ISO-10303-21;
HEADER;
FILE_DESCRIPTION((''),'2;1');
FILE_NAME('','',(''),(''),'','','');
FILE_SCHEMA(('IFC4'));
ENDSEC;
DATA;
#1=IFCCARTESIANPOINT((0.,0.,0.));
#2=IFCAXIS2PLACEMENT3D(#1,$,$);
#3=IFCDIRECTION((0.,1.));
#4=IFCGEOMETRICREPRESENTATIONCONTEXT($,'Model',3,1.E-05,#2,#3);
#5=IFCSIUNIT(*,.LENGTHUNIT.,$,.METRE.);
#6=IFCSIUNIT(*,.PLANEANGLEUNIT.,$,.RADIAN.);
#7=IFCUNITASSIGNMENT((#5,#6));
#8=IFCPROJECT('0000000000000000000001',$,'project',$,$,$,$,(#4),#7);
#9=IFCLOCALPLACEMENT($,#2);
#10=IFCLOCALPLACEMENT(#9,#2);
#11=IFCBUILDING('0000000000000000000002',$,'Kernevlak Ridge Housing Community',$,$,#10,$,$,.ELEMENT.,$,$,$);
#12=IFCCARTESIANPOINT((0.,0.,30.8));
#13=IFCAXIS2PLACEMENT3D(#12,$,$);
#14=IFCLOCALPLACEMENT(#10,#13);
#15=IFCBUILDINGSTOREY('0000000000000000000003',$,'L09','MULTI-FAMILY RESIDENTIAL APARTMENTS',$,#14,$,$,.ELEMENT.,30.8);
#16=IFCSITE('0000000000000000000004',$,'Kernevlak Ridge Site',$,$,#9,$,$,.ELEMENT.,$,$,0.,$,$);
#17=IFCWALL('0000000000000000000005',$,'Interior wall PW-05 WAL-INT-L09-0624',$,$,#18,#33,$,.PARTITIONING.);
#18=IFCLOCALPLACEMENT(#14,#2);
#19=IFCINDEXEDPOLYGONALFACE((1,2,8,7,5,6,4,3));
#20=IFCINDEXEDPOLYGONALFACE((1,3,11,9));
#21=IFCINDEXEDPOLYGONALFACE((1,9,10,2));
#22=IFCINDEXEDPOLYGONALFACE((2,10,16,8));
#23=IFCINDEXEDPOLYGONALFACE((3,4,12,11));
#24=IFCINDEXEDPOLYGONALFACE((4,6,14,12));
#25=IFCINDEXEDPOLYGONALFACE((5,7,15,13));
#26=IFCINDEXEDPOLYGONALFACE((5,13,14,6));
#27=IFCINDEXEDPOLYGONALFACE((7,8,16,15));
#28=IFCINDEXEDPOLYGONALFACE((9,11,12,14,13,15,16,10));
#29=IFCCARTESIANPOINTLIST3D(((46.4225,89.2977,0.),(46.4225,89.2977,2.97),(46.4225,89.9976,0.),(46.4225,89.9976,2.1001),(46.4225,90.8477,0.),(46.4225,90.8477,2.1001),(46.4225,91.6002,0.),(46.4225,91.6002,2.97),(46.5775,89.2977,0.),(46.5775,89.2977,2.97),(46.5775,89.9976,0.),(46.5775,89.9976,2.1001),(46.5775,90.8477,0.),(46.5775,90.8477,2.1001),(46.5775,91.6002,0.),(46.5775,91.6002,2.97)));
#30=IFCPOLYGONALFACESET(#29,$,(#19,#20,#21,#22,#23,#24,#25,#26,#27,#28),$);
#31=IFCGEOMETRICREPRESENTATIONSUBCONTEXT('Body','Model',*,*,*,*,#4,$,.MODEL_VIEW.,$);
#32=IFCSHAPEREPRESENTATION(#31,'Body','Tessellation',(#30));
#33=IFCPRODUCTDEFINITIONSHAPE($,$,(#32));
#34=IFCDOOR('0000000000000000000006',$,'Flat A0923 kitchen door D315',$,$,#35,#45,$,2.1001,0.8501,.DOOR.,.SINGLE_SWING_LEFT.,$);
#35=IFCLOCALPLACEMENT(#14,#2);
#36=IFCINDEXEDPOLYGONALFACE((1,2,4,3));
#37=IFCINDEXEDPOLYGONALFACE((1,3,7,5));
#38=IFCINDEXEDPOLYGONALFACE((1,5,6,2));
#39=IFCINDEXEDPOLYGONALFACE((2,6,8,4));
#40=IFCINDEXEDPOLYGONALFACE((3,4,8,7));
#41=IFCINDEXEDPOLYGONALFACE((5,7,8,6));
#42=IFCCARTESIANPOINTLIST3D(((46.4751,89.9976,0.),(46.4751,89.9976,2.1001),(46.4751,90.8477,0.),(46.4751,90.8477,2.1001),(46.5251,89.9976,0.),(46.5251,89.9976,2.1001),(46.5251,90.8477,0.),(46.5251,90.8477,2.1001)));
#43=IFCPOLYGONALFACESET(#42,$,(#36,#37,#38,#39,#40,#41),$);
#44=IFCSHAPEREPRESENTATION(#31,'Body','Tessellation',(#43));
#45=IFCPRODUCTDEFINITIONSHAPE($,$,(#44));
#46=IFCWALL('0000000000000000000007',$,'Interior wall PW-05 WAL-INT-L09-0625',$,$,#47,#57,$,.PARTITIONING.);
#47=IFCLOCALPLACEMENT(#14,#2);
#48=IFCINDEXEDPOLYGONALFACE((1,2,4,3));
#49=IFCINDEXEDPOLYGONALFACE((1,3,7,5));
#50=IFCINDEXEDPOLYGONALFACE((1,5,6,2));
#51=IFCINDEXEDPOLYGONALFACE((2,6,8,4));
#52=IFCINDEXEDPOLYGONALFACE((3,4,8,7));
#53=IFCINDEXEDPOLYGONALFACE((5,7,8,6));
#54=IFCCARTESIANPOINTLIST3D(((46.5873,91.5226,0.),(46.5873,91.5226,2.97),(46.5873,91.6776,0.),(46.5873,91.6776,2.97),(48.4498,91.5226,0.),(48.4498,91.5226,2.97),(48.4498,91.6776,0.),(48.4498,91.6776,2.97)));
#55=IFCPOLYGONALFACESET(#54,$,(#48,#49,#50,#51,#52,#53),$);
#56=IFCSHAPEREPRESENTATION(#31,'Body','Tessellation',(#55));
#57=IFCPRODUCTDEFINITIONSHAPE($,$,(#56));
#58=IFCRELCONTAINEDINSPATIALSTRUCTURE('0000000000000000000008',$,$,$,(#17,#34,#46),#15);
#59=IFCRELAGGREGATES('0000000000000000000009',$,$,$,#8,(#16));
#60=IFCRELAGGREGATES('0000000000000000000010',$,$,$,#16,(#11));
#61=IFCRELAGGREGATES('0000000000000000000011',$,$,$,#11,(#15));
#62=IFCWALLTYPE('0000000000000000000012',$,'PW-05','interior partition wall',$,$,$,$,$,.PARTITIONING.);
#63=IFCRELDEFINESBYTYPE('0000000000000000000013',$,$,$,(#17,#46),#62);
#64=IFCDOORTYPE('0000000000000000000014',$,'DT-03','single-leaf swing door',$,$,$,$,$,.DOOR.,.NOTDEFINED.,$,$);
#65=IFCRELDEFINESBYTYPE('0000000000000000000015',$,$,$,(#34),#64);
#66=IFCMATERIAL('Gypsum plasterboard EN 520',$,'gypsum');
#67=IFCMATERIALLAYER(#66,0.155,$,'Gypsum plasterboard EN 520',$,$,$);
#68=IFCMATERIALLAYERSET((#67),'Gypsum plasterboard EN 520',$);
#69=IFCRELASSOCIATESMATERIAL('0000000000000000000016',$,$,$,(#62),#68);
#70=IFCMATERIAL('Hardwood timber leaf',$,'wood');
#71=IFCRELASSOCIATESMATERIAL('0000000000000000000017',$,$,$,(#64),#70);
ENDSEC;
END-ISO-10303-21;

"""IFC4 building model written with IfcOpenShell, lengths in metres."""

from ifc_helpers import new_model, si_unit, direction, frame, frame_2d, origin, place, context, subcontext, project, spatial, rectangle, extrude, material, layer, layer_set, type_object, element, fill, save


model = new_model("IFC4")

# Units and contexts
model_context = context("Model", 3, precision=1e-05, world=origin(), true_north=direction((0.0, 1.0)))
body_context = subcontext(model_context, "Body", "Model", "MODEL_VIEW")
ifc_project = project(units=[si_unit("LENGTHUNIT", "METRE"), si_unit("PLANEANGLEUNIT", "RADIAN")], contexts=[model_context])

# Site, building, storey
site_placement = place(None, origin())
site = spatial("IfcSite", under=ifc_project, at=site_placement, Name="Kernevlak Ridge Site", CompositionType="ELEMENT", RefElevation=0.0)
building_placement = place(site_placement, origin())
building = spatial("IfcBuilding", under=site, at=building_placement, Name="Kernevlak Ridge Housing Community", CompositionType="ELEMENT")
storey_placement = place(building_placement, frame((0.0, 0.0, 30.8)))
storey = spatial("IfcBuildingStorey", under=building, at=storey_placement, Name="L09", Description="MULTI-FAMILY RESIDENTIAL APARTMENTS", CompositionType="ELEMENT", Elevation=30.8)

# Shared definitions
ifc_material_1 = material(Name="Hardwood timber leaf", Category="wood")

# Wall, opening, door
ifc_material_2 = material(Name="Gypsum plasterboard EN 520", Category="gypsum")
ifc_layer_1 = layer(ifc_material_2, 0.155, Name="Gypsum plasterboard EN 520")
ifc_layer_set_1 = layer_set([ifc_layer_1], Name="Gypsum plasterboard EN 520")
wall_type_1 = type_object("IfcWallType", Name="PW-05", Description="interior partition wall", PredefinedType="PARTITIONING", material=ifc_layer_set_1)
wall_1_placement = place(storey_placement, frame((46.5, 89.2976, 0.0), z_axis=(0.0, 0.0, 1.0), x_axis=(0.0, 1.0, 0.0)))
wall_1 = element("IfcWall", 1, at=wall_1_placement, inside=storey, type_object=wall_type_1, Name="Interior wall PW-05 WAL-INT-L09-0624", PredefinedType="PARTITIONING", context=body_context, shape_type="SweptSolid", body=[
    extrude(rectangle(XDim=2.3025, YDim=0.155, at=frame_2d((1.1514, 0.0))), origin(), (0.0, 0.0, 1.0), 2.97),
])
opening_1_placement = place(wall_1_placement, frame((0.7, 0.0, 0.0)))
opening_1 = element("IfcOpeningElement", 2, at=opening_1_placement, cuts=wall_1, PredefinedType="OPENING", context=body_context, shape_type="SweptSolid", body=[
    extrude(rectangle(XDim=0.8501, YDim=2.1001, at=frame_2d((0.425, 1.05))), frame((0.0, 0.0874, 0.0), z_axis=(0.0, -1.0, 0.0), x_axis=(1.0, 0.0, 0.0)), (0.0, 0.0, 1.0), 0.175),
])
door_type_1 = type_object("IfcDoorType", Name="DT-03", Description="single-leaf swing door", OperationType="NOTDEFINED", PredefinedType="DOOR", material=ifc_material_1)
door_1_placement = place(opening_1_placement, origin())
door_1 = element("IfcDoor", 3, at=door_1_placement, inside=storey, type_object=door_type_1, Name="Flat A0923 kitchen door D315", OperationType="SINGLE_SWING_LEFT", OverallHeight=2.1001, OverallWidth=0.8501, PredefinedType="DOOR", context=body_context, shape_type="SweptSolid", body=[
    extrude(rectangle(XDim=0.8501, YDim=2.1001, at=frame_2d((0.425, 1.05))), frame((0.0, 0.0249, 0.0), z_axis=(0.0, -1.0, 0.0), x_axis=(1.0, 0.0, 0.0)), (0.0, 0.0, 1.0), 0.05),
])
fill(opening_1, door_1)

# Wall
wall_2_placement = place(storey_placement, frame((46.5874, 91.6001, 0.0), z_axis=(0.0, 0.0, 1.0), x_axis=(1.0, 0.0, 0.0)))
element("IfcWall", 4, at=wall_2_placement, inside=storey, type_object=wall_type_1, Name="Interior wall PW-05 WAL-INT-L09-0625", PredefinedType="PARTITIONING", context=body_context, shape_type="SweptSolid", body=[
    extrude(rectangle(XDim=1.8625, YDim=0.155, at=frame_2d((0.9312, 0.0))), origin(), (0.0, 0.0, 1.0), 2.97),
])

save(model, "model.ifc")
